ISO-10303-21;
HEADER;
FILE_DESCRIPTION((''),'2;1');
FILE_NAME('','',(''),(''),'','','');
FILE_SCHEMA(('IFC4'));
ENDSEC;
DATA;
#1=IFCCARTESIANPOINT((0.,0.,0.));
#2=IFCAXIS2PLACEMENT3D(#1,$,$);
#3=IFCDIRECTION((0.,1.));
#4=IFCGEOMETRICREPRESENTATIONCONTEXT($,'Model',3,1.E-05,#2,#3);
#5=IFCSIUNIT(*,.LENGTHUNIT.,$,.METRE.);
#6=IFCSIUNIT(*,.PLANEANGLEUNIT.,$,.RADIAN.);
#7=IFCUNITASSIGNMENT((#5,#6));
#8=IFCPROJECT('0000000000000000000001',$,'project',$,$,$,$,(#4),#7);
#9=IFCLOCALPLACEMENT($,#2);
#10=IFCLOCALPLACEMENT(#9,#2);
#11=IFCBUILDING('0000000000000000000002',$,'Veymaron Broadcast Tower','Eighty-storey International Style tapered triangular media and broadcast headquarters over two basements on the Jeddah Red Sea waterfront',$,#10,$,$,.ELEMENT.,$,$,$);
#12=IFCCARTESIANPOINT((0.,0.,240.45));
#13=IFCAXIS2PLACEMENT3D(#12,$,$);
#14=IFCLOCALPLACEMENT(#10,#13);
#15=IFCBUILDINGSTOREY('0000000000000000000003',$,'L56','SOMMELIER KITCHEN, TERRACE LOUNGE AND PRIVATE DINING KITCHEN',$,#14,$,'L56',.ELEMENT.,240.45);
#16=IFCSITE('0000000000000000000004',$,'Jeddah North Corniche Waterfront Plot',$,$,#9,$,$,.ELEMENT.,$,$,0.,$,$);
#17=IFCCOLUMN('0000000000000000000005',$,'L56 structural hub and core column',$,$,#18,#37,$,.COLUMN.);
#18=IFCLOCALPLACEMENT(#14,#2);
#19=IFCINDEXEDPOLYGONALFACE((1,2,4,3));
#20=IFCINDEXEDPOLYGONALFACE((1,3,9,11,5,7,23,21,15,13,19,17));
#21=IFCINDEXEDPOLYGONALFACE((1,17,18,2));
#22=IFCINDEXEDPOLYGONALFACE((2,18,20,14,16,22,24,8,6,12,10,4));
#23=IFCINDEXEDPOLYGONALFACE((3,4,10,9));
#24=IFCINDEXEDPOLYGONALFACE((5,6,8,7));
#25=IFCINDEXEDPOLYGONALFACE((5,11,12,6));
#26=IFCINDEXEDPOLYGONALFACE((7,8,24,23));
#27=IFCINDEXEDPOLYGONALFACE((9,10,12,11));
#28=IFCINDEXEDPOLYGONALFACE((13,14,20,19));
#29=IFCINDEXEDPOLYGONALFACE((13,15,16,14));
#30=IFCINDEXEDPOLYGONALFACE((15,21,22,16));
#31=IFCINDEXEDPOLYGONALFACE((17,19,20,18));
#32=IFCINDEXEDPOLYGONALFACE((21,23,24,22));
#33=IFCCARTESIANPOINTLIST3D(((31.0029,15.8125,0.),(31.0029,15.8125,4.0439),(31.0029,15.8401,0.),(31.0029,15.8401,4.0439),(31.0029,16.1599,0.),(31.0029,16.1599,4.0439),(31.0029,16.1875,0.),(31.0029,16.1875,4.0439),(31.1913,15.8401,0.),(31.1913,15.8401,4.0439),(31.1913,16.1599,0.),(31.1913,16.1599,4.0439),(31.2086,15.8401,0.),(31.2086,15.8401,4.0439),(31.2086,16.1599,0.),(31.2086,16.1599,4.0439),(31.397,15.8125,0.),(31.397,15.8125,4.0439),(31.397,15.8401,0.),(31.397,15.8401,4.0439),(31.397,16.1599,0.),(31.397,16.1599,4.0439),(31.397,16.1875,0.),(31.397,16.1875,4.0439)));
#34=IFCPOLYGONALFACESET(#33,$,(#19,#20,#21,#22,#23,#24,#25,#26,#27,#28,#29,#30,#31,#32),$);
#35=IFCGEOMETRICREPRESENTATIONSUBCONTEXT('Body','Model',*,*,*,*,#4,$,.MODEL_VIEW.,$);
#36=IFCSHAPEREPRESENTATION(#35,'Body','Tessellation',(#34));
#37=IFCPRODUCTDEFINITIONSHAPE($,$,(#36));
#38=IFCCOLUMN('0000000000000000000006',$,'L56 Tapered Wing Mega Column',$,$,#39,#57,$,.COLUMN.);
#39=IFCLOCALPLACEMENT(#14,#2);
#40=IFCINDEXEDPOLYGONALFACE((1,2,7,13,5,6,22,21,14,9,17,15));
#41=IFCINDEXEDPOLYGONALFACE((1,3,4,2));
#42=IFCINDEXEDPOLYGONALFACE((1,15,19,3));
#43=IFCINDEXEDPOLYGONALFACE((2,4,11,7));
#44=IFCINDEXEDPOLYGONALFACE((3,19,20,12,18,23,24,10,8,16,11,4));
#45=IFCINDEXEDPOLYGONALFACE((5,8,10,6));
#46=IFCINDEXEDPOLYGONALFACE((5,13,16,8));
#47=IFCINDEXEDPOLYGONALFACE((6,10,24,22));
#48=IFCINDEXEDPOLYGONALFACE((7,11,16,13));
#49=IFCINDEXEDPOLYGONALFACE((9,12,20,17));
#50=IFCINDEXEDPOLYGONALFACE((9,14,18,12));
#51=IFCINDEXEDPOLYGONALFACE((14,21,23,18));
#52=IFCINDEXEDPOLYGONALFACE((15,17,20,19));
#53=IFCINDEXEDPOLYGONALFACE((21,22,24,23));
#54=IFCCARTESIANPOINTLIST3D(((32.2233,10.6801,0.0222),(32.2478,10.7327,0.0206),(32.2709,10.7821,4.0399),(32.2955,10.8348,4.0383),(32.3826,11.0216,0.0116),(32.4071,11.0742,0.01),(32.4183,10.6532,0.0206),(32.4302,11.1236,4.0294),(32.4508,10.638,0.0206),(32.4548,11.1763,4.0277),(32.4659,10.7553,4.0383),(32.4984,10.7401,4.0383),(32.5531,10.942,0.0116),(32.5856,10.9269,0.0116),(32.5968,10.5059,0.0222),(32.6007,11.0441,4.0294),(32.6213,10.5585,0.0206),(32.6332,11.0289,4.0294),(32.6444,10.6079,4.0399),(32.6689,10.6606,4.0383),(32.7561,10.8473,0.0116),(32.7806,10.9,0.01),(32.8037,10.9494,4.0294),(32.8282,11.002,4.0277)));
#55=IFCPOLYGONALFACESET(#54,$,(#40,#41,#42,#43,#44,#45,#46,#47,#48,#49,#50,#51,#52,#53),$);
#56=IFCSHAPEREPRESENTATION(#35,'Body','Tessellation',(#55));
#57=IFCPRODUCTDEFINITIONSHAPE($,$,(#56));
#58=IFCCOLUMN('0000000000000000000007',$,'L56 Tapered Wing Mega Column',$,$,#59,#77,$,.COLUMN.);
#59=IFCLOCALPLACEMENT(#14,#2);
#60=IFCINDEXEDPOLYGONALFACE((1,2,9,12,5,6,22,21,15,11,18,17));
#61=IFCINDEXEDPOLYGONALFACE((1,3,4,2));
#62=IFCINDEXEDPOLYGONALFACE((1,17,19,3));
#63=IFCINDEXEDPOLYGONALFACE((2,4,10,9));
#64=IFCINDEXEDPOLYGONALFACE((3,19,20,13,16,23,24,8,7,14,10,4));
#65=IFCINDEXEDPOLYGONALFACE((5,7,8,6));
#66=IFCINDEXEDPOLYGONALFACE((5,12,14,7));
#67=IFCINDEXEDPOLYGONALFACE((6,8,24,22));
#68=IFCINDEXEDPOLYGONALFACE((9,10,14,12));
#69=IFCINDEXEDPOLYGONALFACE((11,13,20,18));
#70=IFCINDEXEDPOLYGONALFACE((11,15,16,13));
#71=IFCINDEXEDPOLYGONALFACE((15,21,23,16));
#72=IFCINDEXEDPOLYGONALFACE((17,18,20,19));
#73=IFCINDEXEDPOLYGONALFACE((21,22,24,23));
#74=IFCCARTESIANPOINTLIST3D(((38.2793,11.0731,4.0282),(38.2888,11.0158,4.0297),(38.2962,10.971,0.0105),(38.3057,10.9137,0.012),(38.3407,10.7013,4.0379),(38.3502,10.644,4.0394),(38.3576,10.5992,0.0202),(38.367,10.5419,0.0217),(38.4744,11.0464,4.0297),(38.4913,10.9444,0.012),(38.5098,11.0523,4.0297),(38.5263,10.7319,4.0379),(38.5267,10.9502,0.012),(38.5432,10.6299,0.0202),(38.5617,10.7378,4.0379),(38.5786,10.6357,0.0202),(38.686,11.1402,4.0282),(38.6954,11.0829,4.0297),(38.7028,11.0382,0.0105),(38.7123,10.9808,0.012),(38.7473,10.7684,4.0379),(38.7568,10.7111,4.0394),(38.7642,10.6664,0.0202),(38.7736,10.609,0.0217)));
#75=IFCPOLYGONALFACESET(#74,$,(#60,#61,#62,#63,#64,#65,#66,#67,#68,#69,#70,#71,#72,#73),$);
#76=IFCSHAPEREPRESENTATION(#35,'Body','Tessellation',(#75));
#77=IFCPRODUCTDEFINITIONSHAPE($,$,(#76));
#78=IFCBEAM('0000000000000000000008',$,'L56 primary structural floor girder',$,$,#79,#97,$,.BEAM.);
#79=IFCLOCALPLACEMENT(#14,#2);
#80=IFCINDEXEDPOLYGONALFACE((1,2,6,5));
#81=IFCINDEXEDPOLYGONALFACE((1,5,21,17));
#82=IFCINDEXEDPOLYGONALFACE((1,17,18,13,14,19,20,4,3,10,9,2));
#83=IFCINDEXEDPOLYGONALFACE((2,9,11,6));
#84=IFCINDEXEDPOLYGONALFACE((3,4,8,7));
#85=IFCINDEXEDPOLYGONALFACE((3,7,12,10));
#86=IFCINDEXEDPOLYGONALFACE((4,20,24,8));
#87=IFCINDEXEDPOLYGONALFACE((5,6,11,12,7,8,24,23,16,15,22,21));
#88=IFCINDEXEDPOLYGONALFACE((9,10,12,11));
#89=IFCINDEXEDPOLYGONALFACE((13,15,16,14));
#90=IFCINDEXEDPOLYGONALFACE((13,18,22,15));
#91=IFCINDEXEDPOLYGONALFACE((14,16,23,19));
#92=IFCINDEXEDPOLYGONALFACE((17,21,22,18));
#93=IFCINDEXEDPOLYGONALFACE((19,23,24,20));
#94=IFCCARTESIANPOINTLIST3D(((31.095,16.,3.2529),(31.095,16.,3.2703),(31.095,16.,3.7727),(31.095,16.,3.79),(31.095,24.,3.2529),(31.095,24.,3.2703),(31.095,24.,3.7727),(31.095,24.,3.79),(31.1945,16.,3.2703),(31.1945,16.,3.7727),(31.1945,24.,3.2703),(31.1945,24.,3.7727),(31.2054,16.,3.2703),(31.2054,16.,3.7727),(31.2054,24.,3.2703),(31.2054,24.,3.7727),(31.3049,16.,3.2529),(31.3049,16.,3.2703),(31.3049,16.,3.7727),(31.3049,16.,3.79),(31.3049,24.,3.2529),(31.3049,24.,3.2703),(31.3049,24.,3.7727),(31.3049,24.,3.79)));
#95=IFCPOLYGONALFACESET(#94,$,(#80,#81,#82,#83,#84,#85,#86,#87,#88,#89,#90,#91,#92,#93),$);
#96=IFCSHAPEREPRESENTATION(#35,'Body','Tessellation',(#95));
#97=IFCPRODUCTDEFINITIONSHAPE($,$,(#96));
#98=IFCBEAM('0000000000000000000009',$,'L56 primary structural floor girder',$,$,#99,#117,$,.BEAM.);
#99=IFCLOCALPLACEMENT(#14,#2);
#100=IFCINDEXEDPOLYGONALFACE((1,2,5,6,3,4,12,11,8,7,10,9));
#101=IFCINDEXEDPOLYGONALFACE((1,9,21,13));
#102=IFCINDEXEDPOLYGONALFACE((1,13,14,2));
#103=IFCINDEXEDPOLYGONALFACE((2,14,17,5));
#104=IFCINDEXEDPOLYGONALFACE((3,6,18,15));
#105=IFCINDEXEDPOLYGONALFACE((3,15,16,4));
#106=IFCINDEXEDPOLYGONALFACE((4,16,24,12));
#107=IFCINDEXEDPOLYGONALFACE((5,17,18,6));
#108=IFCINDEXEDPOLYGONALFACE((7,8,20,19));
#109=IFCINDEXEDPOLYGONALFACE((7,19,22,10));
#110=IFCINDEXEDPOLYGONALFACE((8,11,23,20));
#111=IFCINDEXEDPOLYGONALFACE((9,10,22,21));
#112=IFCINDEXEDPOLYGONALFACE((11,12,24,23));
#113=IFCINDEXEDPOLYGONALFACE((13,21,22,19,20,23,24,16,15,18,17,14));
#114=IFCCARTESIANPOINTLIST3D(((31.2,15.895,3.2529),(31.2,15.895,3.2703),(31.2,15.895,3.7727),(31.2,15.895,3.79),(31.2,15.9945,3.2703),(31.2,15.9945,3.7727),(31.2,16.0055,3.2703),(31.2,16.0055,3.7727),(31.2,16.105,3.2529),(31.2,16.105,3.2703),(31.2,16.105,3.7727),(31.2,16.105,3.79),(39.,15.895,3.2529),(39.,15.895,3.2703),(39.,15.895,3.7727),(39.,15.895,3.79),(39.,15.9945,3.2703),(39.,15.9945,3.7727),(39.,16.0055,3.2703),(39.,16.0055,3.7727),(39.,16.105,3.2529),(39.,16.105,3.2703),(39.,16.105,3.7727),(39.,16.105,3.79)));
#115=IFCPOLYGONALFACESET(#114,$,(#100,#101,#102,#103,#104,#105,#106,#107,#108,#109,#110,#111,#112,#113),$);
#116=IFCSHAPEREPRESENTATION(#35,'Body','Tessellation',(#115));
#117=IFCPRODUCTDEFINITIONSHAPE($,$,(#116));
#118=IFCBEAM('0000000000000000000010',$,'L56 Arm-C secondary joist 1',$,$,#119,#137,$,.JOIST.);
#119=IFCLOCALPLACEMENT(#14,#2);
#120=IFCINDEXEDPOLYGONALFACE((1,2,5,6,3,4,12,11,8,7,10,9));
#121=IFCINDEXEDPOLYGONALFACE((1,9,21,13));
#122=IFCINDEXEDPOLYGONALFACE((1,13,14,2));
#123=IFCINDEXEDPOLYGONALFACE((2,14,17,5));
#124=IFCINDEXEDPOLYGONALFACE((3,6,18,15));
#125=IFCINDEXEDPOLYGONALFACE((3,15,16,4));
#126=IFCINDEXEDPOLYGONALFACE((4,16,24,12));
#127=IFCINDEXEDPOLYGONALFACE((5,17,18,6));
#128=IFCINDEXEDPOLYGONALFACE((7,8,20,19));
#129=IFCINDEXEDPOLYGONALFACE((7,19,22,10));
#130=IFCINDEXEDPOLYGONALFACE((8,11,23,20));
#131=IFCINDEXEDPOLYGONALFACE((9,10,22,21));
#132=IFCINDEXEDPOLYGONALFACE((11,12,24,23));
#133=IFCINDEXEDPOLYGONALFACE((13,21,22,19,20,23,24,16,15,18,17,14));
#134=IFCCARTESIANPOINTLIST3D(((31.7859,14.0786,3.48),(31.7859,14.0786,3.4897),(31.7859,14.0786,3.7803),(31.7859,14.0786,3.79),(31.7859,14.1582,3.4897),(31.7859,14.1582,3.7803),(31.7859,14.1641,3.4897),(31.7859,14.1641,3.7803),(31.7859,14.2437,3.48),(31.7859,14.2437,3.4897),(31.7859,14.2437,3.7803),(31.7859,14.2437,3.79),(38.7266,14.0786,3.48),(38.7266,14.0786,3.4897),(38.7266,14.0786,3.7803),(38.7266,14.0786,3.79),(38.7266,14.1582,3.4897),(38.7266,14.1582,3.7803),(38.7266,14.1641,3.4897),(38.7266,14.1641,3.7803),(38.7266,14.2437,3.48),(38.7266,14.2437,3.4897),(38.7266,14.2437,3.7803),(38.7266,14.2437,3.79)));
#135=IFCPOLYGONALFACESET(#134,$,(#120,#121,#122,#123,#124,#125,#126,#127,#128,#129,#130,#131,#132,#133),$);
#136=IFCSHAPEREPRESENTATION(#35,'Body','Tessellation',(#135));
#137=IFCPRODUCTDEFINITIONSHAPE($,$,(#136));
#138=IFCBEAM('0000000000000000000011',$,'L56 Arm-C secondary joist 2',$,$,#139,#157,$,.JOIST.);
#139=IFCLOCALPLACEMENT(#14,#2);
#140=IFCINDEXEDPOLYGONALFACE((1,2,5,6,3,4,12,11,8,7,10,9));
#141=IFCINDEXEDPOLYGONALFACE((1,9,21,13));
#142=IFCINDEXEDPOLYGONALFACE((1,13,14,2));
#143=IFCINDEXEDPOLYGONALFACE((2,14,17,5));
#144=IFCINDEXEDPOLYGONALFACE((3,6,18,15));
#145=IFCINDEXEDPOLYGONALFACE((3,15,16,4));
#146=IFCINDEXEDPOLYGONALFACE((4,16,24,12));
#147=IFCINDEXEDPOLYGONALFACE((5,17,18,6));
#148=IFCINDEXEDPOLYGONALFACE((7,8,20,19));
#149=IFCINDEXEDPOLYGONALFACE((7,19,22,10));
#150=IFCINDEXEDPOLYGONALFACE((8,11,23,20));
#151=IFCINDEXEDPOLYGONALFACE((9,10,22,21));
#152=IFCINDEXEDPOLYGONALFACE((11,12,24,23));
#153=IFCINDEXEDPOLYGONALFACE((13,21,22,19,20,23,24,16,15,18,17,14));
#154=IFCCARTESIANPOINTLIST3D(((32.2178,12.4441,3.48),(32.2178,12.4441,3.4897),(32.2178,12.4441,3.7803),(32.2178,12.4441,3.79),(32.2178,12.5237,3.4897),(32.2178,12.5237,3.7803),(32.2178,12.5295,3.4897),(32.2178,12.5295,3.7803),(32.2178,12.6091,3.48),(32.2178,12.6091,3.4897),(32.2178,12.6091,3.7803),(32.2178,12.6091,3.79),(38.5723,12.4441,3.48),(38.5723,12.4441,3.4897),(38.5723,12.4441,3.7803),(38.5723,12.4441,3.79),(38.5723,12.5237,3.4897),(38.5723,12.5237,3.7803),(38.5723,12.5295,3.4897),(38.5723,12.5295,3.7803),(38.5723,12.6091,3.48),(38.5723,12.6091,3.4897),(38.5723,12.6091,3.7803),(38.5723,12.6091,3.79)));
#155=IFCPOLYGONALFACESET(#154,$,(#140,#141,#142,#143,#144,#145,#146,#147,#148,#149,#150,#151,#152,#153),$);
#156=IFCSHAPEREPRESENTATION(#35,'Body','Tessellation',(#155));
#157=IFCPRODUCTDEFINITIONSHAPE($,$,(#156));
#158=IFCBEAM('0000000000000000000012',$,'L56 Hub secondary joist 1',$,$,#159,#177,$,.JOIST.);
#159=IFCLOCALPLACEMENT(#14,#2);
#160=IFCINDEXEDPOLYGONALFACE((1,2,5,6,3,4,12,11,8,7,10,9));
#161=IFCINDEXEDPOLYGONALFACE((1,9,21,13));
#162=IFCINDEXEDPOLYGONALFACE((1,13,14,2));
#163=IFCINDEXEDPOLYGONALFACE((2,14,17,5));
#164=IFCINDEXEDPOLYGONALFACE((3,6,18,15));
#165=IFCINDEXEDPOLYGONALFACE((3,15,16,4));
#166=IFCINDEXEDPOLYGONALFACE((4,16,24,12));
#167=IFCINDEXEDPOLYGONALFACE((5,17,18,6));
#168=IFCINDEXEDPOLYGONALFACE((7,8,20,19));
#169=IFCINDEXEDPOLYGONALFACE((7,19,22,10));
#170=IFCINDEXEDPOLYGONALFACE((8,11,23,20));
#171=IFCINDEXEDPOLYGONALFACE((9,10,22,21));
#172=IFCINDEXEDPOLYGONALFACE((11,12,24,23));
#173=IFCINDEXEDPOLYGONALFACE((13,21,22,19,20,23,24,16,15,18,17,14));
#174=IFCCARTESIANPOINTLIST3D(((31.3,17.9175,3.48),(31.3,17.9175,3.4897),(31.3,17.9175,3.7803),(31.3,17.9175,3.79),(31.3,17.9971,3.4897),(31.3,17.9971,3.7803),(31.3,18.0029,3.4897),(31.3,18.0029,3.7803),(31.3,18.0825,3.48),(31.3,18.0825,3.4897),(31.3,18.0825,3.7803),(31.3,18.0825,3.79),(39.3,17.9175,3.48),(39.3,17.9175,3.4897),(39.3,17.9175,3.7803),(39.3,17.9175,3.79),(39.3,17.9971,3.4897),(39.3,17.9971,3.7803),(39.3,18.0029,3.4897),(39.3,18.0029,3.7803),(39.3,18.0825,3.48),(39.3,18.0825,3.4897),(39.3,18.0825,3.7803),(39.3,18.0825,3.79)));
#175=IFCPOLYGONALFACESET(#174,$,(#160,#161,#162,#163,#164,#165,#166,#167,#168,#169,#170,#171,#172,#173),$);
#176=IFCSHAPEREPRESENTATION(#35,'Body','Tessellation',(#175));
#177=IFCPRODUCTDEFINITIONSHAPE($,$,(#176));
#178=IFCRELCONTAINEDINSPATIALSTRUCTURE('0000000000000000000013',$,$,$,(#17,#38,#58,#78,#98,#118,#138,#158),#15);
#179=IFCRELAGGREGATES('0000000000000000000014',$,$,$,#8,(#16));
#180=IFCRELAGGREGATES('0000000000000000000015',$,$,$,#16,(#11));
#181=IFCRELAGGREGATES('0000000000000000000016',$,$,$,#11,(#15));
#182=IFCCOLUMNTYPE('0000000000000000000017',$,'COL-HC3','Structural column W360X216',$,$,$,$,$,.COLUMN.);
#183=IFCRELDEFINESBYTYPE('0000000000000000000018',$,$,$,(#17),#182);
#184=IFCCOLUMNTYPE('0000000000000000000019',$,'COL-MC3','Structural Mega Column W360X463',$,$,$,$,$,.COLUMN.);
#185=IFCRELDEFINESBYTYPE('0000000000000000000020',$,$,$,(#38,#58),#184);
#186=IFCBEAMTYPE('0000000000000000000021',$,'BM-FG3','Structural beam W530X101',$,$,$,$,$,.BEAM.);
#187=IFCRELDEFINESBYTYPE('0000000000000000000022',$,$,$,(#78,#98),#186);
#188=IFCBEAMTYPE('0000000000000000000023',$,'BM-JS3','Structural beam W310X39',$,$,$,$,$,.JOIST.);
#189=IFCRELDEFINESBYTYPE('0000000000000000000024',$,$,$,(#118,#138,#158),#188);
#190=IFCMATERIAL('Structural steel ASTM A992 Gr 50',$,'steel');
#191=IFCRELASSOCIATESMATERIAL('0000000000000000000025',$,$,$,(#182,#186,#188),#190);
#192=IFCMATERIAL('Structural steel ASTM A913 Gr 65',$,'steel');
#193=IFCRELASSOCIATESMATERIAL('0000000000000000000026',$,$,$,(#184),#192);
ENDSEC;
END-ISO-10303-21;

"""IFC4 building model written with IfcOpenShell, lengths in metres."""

from ifc_helpers import new_model, si_unit, direction, frame, origin, origin_2d, place, context, subcontext, project, spatial, i_section, extrude, material, material_profile, profile_set, type_object, element, save


model = new_model("IFC4")

# Units and contexts
model_context = context("Model", 3, precision=1e-05, world=origin(), true_north=direction((0.0, 1.0)))
body_context = subcontext(model_context, "Body", "Model", "MODEL_VIEW")
ifc_project = project(units=[si_unit("LENGTHUNIT", "METRE"), si_unit("PLANEANGLEUNIT", "RADIAN")], contexts=[model_context])

# Site, building, storey
site_placement = place(None, origin())
site = spatial("IfcSite", under=ifc_project, at=site_placement, Name="Jeddah North Corniche Waterfront Plot", CompositionType="ELEMENT", RefElevation=0.0)
building_placement = place(site_placement, origin())
building = spatial("IfcBuilding", under=site, at=building_placement, Name="Veymaron Broadcast Tower", Description="Eighty-storey International Style tapered triangular media and broadcast headquarters over two basements on the Jeddah Red Sea waterfront", CompositionType="ELEMENT")
storey_placement = place(building_placement, frame((0.0, 0.0, 240.45)))
storey = spatial("IfcBuildingStorey", under=building, at=storey_placement, Name="L56", Description="SOMMELIER KITCHEN, TERRACE LOUNGE AND PRIVATE DINING KITCHEN", LongName="L56", CompositionType="ELEMENT", Elevation=240.45)

# Columns
ifc_material_1 = material(Name="Structural steel ASTM A992 Gr 50", Category="steel")
ifc_material_profile_1 = material_profile(ifc_material_1, i_section(OverallWidth=0.394, OverallDepth=0.375, WebThickness=0.0173, FlangeThickness=0.0276, at=origin_2d()), Name="W360X216")
ifc_profile_set_1 = profile_set([ifc_material_profile_1], Name="Structural steel ASTM A992 Gr 50")
column_type_1 = type_object("IfcColumnType", Name="COL-HC3", Description="Structural column W360X216", PredefinedType="COLUMN", material=ifc_profile_set_1)
column_1_placement = place(storey_placement, frame((31.2, 16.0, 0.0), z_axis=(0.0, 0.0, 1.0), x_axis=(1.0, 0.0, 0.0)))
element("IfcColumn", 1, at=column_1_placement, inside=storey, type_object=column_type_1, Name="L56 structural hub and core column", PredefinedType="COLUMN", context=body_context, shape_type="SweptSolid", body=[
    extrude(i_section(OverallWidth=0.394, OverallDepth=0.375, WebThickness=0.0173, FlangeThickness=0.0276, at=origin_2d()), origin(), (0.0, 0.0, 1.0), 4.0439),
])
ifc_material_2 = material(Name="Structural steel ASTM A913 Gr 65", Category="steel")
ifc_material_profile_2 = material_profile(ifc_material_2, i_section(OverallWidth=0.4121, OverallDepth=0.4351, WebThickness=0.0359, FlangeThickness=0.0581, at=origin_2d()), Name="W360X463")
ifc_profile_set_2 = profile_set([ifc_material_profile_2], Name="Structural steel ASTM A913 Gr 65")
column_type_2 = type_object("IfcColumnType", Name="COL-MC3", Description="Structural Mega Column W360X463", PredefinedType="COLUMN", material=ifc_profile_set_2)
column_2_placement = place(storey_placement, frame((32.502, 10.79, 0.0161), z_axis=(0.011844, 0.02539, 0.999607), x_axis=(-0.906239, 0.422767, 0.0)))
element("IfcColumn", 2, at=column_2_placement, inside=storey, type_object=column_type_2, Name="L56 Tapered Wing Mega Column", PredefinedType="COLUMN", context=body_context, shape_type="SweptSolid", body=[
    extrude(i_section(OverallWidth=0.4121, OverallDepth=0.4351, WebThickness=0.0359, FlangeThickness=0.0581, at=origin_2d()), origin(), (0.0, 0.0, 1.0), 4.0193),
])
column_3_placement = place(storey_placement, frame((38.5349, 10.79, 0.0161), z_axis=(-0.004191, 0.025391, 0.999669), x_axis=(-0.986648, -0.162868, 0.0)))
element("IfcColumn", 3, at=column_3_placement, inside=storey, type_object=column_type_2, Name="L56 Tapered Wing Mega Column", PredefinedType="COLUMN", context=body_context, shape_type="SweptSolid", body=[
    extrude(i_section(OverallWidth=0.4121, OverallDepth=0.4351, WebThickness=0.0359, FlangeThickness=0.0581, at=origin_2d()), origin(), (0.0, 0.0, 1.0), 4.019),
])

# Beams
ifc_material_profile_3 = material_profile(ifc_material_1, i_section(OverallWidth=0.21, OverallDepth=0.5371, WebThickness=0.011, FlangeThickness=0.0173, at=origin_2d()), Name="W530X101")
ifc_profile_set_3 = profile_set([ifc_material_profile_3], Name="Structural steel ASTM A992 Gr 50")
beam_type_1 = type_object("IfcBeamType", Name="BM-FG3", Description="Structural beam W530X101", PredefinedType="BEAM", material=ifc_profile_set_3)
beam_1_placement = place(storey_placement, frame((31.2, 16.0, 3.5215), z_axis=(0.0, 1.0, 0.0), x_axis=(-1.0, 0.0, 0.0)))
element("IfcBeam", 4, at=beam_1_placement, inside=storey, type_object=beam_type_1, Name="L56 primary structural floor girder", PredefinedType="BEAM", context=body_context, shape_type="SweptSolid", body=[
    extrude(i_section(OverallWidth=0.21, OverallDepth=0.5371, WebThickness=0.011, FlangeThickness=0.0173, at=origin_2d()), origin(), (0.0, 0.0, 1.0), 8.0),
])
beam_2_placement = place(storey_placement, frame((31.2, 16.0, 3.5215), z_axis=(1.0, 0.0, 0.0), x_axis=(0.0, 1.0, 0.0)))
element("IfcBeam", 5, at=beam_2_placement, inside=storey, type_object=beam_type_1, Name="L56 primary structural floor girder", PredefinedType="BEAM", context=body_context, shape_type="SweptSolid", body=[
    extrude(i_section(OverallWidth=0.21, OverallDepth=0.5371, WebThickness=0.011, FlangeThickness=0.0173, at=origin_2d()), origin(), (0.0, 0.0, 1.0), 7.8),
])
ifc_material_profile_4 = material_profile(ifc_material_1, i_section(OverallWidth=0.165, OverallDepth=0.3101, WebThickness=0.0059, FlangeThickness=0.0098, at=origin_2d()), Name="W310X39")
ifc_profile_set_4 = profile_set([ifc_material_profile_4], Name="Structural steel ASTM A992 Gr 50")
beam_type_2 = type_object("IfcBeamType", Name="BM-JS3", Description="Structural beam W310X39", PredefinedType="JOIST", material=ifc_profile_set_4)
beam_3_placement = place(storey_placement, frame((31.7859, 14.1611, 3.635), z_axis=(1.0, 0.0, 0.0), x_axis=(0.0, 1.0, 0.0)))
element("IfcBeam", 6, at=beam_3_placement, inside=storey, type_object=beam_type_2, Name="L56 Arm-C secondary joist 1", PredefinedType="JOIST", context=body_context, shape_type="SweptSolid", body=[
    extrude(i_section(OverallWidth=0.165, OverallDepth=0.3101, WebThickness=0.0059, FlangeThickness=0.0098, at=origin_2d()), origin(), (0.0, 0.0, 1.0), 6.9407),
])
beam_4_placement = place(storey_placement, frame((32.2178, 12.5266, 3.635), z_axis=(1.0, 0.0, 0.0), x_axis=(0.0, 1.0, 0.0)))
element("IfcBeam", 7, at=beam_4_placement, inside=storey, type_object=beam_type_2, Name="L56 Arm-C secondary joist 2", PredefinedType="JOIST", context=body_context, shape_type="SweptSolid", body=[
    extrude(i_section(OverallWidth=0.165, OverallDepth=0.3101, WebThickness=0.0059, FlangeThickness=0.0098, at=origin_2d()), origin(), (0.0, 0.0, 1.0), 6.3545),
])
for number, where, z_axis, x_axis, name in (
    (8, (31.3, 18.0, 3.635), (1.0, 0.0, 0.0), (0.0, 1.0, 0.0), "L56 Hub secondary joist 1"),
):
    element("IfcBeam", number, at=place(storey_placement, frame(where, z_axis=z_axis, x_axis=x_axis)), inside=storey, type_object=beam_type_2, Name=name, PredefinedType="JOIST", context=body_context, shape_type="SweptSolid", body=[
        extrude(i_section(OverallWidth=0.165, OverallDepth=0.3101, WebThickness=0.0059, FlangeThickness=0.0098, at=origin_2d()), origin(), (0.0, 0.0, 1.0), 8.0),
    ])

save(model, "model.ifc")
